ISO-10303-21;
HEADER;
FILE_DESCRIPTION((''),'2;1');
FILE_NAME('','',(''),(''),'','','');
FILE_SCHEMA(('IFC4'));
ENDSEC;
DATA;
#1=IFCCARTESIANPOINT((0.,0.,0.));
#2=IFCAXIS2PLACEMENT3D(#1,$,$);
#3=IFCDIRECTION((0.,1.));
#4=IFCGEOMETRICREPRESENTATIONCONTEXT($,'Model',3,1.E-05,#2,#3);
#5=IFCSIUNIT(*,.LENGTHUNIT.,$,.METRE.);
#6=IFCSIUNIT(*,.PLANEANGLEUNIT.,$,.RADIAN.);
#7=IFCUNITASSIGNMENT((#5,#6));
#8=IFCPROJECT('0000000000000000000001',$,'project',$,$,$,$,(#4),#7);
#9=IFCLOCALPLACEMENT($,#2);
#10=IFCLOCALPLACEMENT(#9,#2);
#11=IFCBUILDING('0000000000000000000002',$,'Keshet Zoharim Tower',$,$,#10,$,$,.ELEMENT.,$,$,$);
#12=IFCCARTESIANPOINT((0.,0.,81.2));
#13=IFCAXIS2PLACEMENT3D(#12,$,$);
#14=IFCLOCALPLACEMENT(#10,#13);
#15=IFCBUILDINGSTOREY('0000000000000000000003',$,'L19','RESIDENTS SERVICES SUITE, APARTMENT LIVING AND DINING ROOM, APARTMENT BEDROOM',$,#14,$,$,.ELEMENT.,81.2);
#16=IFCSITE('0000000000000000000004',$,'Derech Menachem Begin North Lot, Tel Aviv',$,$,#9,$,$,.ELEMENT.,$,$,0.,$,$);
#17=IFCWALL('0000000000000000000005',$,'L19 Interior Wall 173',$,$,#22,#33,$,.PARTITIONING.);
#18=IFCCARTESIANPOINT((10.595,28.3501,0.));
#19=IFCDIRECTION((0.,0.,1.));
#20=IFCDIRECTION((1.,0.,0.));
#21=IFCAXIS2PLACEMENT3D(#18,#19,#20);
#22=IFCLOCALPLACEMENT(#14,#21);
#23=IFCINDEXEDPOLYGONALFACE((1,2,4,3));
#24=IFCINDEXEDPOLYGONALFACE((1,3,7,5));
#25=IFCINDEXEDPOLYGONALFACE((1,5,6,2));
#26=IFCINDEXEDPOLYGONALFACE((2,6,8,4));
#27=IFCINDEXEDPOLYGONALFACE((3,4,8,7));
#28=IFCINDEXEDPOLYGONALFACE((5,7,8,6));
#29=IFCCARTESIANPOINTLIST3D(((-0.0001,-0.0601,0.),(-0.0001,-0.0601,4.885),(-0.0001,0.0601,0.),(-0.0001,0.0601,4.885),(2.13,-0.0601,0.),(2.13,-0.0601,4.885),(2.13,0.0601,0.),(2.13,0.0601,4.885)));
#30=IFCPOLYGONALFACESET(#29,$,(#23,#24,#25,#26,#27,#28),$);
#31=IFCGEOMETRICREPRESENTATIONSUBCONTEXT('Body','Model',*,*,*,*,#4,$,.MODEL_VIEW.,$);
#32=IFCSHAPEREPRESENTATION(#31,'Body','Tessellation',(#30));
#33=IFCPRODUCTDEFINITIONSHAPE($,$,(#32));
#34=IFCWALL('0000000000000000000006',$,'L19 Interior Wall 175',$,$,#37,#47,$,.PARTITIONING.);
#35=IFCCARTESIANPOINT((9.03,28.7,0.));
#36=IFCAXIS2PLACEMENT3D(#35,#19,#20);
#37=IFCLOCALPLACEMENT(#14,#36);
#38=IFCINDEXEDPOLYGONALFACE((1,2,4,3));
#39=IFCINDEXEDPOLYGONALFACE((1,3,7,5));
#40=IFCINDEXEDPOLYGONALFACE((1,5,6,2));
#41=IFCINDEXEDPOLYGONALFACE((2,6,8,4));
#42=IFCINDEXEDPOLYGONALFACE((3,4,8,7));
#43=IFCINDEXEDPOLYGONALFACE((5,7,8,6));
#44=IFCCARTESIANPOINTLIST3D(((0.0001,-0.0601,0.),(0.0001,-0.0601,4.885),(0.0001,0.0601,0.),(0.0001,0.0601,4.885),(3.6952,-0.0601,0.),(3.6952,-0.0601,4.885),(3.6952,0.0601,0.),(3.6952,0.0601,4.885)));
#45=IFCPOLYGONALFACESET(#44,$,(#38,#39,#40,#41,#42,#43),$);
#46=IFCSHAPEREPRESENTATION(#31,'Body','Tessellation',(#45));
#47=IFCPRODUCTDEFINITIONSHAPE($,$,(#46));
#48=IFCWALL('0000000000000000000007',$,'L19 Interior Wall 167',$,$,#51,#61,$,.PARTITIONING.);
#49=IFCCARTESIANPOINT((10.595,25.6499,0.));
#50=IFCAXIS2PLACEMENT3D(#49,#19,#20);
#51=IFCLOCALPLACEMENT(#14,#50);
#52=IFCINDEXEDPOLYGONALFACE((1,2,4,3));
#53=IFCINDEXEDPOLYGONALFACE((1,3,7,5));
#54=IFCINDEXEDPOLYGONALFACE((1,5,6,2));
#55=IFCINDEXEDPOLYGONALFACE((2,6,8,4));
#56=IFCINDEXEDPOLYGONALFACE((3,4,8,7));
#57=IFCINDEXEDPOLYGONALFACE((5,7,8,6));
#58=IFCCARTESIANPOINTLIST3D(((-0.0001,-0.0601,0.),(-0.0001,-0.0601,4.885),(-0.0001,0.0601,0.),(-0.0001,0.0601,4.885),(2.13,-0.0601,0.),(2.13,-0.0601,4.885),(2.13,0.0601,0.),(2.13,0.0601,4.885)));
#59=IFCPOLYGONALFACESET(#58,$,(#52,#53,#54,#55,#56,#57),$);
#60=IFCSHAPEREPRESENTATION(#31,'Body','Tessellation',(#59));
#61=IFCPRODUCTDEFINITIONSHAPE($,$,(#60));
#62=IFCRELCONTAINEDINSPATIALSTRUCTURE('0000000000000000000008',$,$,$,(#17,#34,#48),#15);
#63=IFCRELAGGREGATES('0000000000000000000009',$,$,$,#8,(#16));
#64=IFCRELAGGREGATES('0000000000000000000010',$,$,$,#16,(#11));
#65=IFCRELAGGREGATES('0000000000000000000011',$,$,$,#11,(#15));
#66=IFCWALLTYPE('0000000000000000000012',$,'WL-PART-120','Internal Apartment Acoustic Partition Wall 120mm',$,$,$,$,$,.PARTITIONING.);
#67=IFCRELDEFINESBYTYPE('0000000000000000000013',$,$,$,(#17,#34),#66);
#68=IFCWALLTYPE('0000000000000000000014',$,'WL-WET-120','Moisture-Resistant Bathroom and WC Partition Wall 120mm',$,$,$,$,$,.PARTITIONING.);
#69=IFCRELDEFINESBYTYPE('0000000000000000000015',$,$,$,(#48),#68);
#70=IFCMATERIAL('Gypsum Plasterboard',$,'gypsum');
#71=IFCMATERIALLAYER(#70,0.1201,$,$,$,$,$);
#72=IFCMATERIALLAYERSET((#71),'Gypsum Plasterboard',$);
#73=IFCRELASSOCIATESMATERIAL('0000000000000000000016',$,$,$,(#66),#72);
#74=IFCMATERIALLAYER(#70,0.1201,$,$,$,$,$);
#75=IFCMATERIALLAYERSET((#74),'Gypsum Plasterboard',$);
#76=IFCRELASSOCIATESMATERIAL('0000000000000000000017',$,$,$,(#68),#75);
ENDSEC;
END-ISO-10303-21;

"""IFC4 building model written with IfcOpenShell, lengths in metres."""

from ifc_helpers import new_model, si_unit, direction, frame, frame_2d, origin, place, context, subcontext, project, spatial, rectangle, extrude, material, layer, layer_set, type_object, element, save


model = new_model("IFC4")

# Units and contexts
model_context = context("Model", 3, precision=1e-05, world=origin(), true_north=direction((0.0, 1.0)))
body_context = subcontext(model_context, "Body", "Model", "MODEL_VIEW")
ifc_project = project(units=[si_unit("LENGTHUNIT", "METRE"), si_unit("PLANEANGLEUNIT", "RADIAN")], contexts=[model_context])

# Site, building, storey
site_placement = place(None, origin())
site = spatial("IfcSite", under=ifc_project, at=site_placement, Name="Derech Menachem Begin North Lot, Tel Aviv", CompositionType="ELEMENT", RefElevation=0.0)
building_placement = place(site_placement, origin())
building = spatial("IfcBuilding", under=site, at=building_placement, Name="Keshet Zoharim Tower", CompositionType="ELEMENT")
storey_placement = place(building_placement, frame((0.0, 0.0, 81.2)))
storey = spatial("IfcBuildingStorey", under=building, at=storey_placement, Name="L19", Description="RESIDENTS SERVICES SUITE, APARTMENT LIVING AND DINING ROOM, APARTMENT BEDROOM", CompositionType="ELEMENT", Elevation=81.2)

# Shared definitions
ifc_material_1 = material(Name="Gypsum Plasterboard", Category="gypsum")

# Shared definitions
ifc_layer_1 = layer(ifc_material_1, 0.1201)
ifc_layer_set_1 = layer_set([ifc_layer_1], Name="Gypsum Plasterboard")
wall_type_1 = type_object("IfcWallType", Name="WL-PART-120", Description="Internal Apartment Acoustic Partition Wall 120mm", PredefinedType="PARTITIONING", material=ifc_layer_set_1)

# Walls
wall_1_placement = place(storey_placement, frame((10.595, 28.3501, 0.0), z_axis=(0.0, 0.0, 1.0), x_axis=(1.0, 0.0, 0.0)))
element("IfcWall", 1, at=wall_1_placement, inside=storey, type_object=wall_type_1, Name="L19 Interior Wall 173", PredefinedType="PARTITIONING", context=body_context, shape_type="SweptSolid", body=[
    extrude(rectangle(XDim=2.1301, YDim=0.1201, at=frame_2d((1.0649, 0.0))), origin(), (0.0, 0.0, 1.0), 4.885),
])
wall_2_placement = place(storey_placement, frame((9.03, 28.7, 0.0), z_axis=(0.0, 0.0, 1.0), x_axis=(1.0, 0.0, 0.0)))
element("IfcWall", 2, at=wall_2_placement, inside=storey, type_object=wall_type_1, Name="L19 Interior Wall 175", PredefinedType="PARTITIONING", context=body_context, shape_type="SweptSolid", body=[
    extrude(rectangle(XDim=3.6951, YDim=0.1201, at=frame_2d((1.8477, 0.0))), origin(), (0.0, 0.0, 1.0), 4.885),
])

# Wall
ifc_layer_2 = layer(ifc_material_1, 0.1201)
ifc_layer_set_2 = layer_set([ifc_layer_2], Name="Gypsum Plasterboard")
wall_type_2 = type_object("IfcWallType", Name="WL-WET-120", Description="Moisture-Resistant Bathroom and WC Partition Wall 120mm", PredefinedType="PARTITIONING", material=ifc_layer_set_2)
wall_3_placement = place(storey_placement, frame((10.595, 25.6499, 0.0), z_axis=(0.0, 0.0, 1.0), x_axis=(1.0, 0.0, 0.0)))
element("IfcWall", 3, at=wall_3_placement, inside=storey, type_object=wall_type_2, Name="L19 Interior Wall 167", PredefinedType="PARTITIONING", context=body_context, shape_type="SweptSolid", body=[
    extrude(rectangle(XDim=2.1301, YDim=0.1201, at=frame_2d((1.0649, 0.0))), origin(), (0.0, 0.0, 1.0), 4.885),
])

save(model, "model.ifc")
